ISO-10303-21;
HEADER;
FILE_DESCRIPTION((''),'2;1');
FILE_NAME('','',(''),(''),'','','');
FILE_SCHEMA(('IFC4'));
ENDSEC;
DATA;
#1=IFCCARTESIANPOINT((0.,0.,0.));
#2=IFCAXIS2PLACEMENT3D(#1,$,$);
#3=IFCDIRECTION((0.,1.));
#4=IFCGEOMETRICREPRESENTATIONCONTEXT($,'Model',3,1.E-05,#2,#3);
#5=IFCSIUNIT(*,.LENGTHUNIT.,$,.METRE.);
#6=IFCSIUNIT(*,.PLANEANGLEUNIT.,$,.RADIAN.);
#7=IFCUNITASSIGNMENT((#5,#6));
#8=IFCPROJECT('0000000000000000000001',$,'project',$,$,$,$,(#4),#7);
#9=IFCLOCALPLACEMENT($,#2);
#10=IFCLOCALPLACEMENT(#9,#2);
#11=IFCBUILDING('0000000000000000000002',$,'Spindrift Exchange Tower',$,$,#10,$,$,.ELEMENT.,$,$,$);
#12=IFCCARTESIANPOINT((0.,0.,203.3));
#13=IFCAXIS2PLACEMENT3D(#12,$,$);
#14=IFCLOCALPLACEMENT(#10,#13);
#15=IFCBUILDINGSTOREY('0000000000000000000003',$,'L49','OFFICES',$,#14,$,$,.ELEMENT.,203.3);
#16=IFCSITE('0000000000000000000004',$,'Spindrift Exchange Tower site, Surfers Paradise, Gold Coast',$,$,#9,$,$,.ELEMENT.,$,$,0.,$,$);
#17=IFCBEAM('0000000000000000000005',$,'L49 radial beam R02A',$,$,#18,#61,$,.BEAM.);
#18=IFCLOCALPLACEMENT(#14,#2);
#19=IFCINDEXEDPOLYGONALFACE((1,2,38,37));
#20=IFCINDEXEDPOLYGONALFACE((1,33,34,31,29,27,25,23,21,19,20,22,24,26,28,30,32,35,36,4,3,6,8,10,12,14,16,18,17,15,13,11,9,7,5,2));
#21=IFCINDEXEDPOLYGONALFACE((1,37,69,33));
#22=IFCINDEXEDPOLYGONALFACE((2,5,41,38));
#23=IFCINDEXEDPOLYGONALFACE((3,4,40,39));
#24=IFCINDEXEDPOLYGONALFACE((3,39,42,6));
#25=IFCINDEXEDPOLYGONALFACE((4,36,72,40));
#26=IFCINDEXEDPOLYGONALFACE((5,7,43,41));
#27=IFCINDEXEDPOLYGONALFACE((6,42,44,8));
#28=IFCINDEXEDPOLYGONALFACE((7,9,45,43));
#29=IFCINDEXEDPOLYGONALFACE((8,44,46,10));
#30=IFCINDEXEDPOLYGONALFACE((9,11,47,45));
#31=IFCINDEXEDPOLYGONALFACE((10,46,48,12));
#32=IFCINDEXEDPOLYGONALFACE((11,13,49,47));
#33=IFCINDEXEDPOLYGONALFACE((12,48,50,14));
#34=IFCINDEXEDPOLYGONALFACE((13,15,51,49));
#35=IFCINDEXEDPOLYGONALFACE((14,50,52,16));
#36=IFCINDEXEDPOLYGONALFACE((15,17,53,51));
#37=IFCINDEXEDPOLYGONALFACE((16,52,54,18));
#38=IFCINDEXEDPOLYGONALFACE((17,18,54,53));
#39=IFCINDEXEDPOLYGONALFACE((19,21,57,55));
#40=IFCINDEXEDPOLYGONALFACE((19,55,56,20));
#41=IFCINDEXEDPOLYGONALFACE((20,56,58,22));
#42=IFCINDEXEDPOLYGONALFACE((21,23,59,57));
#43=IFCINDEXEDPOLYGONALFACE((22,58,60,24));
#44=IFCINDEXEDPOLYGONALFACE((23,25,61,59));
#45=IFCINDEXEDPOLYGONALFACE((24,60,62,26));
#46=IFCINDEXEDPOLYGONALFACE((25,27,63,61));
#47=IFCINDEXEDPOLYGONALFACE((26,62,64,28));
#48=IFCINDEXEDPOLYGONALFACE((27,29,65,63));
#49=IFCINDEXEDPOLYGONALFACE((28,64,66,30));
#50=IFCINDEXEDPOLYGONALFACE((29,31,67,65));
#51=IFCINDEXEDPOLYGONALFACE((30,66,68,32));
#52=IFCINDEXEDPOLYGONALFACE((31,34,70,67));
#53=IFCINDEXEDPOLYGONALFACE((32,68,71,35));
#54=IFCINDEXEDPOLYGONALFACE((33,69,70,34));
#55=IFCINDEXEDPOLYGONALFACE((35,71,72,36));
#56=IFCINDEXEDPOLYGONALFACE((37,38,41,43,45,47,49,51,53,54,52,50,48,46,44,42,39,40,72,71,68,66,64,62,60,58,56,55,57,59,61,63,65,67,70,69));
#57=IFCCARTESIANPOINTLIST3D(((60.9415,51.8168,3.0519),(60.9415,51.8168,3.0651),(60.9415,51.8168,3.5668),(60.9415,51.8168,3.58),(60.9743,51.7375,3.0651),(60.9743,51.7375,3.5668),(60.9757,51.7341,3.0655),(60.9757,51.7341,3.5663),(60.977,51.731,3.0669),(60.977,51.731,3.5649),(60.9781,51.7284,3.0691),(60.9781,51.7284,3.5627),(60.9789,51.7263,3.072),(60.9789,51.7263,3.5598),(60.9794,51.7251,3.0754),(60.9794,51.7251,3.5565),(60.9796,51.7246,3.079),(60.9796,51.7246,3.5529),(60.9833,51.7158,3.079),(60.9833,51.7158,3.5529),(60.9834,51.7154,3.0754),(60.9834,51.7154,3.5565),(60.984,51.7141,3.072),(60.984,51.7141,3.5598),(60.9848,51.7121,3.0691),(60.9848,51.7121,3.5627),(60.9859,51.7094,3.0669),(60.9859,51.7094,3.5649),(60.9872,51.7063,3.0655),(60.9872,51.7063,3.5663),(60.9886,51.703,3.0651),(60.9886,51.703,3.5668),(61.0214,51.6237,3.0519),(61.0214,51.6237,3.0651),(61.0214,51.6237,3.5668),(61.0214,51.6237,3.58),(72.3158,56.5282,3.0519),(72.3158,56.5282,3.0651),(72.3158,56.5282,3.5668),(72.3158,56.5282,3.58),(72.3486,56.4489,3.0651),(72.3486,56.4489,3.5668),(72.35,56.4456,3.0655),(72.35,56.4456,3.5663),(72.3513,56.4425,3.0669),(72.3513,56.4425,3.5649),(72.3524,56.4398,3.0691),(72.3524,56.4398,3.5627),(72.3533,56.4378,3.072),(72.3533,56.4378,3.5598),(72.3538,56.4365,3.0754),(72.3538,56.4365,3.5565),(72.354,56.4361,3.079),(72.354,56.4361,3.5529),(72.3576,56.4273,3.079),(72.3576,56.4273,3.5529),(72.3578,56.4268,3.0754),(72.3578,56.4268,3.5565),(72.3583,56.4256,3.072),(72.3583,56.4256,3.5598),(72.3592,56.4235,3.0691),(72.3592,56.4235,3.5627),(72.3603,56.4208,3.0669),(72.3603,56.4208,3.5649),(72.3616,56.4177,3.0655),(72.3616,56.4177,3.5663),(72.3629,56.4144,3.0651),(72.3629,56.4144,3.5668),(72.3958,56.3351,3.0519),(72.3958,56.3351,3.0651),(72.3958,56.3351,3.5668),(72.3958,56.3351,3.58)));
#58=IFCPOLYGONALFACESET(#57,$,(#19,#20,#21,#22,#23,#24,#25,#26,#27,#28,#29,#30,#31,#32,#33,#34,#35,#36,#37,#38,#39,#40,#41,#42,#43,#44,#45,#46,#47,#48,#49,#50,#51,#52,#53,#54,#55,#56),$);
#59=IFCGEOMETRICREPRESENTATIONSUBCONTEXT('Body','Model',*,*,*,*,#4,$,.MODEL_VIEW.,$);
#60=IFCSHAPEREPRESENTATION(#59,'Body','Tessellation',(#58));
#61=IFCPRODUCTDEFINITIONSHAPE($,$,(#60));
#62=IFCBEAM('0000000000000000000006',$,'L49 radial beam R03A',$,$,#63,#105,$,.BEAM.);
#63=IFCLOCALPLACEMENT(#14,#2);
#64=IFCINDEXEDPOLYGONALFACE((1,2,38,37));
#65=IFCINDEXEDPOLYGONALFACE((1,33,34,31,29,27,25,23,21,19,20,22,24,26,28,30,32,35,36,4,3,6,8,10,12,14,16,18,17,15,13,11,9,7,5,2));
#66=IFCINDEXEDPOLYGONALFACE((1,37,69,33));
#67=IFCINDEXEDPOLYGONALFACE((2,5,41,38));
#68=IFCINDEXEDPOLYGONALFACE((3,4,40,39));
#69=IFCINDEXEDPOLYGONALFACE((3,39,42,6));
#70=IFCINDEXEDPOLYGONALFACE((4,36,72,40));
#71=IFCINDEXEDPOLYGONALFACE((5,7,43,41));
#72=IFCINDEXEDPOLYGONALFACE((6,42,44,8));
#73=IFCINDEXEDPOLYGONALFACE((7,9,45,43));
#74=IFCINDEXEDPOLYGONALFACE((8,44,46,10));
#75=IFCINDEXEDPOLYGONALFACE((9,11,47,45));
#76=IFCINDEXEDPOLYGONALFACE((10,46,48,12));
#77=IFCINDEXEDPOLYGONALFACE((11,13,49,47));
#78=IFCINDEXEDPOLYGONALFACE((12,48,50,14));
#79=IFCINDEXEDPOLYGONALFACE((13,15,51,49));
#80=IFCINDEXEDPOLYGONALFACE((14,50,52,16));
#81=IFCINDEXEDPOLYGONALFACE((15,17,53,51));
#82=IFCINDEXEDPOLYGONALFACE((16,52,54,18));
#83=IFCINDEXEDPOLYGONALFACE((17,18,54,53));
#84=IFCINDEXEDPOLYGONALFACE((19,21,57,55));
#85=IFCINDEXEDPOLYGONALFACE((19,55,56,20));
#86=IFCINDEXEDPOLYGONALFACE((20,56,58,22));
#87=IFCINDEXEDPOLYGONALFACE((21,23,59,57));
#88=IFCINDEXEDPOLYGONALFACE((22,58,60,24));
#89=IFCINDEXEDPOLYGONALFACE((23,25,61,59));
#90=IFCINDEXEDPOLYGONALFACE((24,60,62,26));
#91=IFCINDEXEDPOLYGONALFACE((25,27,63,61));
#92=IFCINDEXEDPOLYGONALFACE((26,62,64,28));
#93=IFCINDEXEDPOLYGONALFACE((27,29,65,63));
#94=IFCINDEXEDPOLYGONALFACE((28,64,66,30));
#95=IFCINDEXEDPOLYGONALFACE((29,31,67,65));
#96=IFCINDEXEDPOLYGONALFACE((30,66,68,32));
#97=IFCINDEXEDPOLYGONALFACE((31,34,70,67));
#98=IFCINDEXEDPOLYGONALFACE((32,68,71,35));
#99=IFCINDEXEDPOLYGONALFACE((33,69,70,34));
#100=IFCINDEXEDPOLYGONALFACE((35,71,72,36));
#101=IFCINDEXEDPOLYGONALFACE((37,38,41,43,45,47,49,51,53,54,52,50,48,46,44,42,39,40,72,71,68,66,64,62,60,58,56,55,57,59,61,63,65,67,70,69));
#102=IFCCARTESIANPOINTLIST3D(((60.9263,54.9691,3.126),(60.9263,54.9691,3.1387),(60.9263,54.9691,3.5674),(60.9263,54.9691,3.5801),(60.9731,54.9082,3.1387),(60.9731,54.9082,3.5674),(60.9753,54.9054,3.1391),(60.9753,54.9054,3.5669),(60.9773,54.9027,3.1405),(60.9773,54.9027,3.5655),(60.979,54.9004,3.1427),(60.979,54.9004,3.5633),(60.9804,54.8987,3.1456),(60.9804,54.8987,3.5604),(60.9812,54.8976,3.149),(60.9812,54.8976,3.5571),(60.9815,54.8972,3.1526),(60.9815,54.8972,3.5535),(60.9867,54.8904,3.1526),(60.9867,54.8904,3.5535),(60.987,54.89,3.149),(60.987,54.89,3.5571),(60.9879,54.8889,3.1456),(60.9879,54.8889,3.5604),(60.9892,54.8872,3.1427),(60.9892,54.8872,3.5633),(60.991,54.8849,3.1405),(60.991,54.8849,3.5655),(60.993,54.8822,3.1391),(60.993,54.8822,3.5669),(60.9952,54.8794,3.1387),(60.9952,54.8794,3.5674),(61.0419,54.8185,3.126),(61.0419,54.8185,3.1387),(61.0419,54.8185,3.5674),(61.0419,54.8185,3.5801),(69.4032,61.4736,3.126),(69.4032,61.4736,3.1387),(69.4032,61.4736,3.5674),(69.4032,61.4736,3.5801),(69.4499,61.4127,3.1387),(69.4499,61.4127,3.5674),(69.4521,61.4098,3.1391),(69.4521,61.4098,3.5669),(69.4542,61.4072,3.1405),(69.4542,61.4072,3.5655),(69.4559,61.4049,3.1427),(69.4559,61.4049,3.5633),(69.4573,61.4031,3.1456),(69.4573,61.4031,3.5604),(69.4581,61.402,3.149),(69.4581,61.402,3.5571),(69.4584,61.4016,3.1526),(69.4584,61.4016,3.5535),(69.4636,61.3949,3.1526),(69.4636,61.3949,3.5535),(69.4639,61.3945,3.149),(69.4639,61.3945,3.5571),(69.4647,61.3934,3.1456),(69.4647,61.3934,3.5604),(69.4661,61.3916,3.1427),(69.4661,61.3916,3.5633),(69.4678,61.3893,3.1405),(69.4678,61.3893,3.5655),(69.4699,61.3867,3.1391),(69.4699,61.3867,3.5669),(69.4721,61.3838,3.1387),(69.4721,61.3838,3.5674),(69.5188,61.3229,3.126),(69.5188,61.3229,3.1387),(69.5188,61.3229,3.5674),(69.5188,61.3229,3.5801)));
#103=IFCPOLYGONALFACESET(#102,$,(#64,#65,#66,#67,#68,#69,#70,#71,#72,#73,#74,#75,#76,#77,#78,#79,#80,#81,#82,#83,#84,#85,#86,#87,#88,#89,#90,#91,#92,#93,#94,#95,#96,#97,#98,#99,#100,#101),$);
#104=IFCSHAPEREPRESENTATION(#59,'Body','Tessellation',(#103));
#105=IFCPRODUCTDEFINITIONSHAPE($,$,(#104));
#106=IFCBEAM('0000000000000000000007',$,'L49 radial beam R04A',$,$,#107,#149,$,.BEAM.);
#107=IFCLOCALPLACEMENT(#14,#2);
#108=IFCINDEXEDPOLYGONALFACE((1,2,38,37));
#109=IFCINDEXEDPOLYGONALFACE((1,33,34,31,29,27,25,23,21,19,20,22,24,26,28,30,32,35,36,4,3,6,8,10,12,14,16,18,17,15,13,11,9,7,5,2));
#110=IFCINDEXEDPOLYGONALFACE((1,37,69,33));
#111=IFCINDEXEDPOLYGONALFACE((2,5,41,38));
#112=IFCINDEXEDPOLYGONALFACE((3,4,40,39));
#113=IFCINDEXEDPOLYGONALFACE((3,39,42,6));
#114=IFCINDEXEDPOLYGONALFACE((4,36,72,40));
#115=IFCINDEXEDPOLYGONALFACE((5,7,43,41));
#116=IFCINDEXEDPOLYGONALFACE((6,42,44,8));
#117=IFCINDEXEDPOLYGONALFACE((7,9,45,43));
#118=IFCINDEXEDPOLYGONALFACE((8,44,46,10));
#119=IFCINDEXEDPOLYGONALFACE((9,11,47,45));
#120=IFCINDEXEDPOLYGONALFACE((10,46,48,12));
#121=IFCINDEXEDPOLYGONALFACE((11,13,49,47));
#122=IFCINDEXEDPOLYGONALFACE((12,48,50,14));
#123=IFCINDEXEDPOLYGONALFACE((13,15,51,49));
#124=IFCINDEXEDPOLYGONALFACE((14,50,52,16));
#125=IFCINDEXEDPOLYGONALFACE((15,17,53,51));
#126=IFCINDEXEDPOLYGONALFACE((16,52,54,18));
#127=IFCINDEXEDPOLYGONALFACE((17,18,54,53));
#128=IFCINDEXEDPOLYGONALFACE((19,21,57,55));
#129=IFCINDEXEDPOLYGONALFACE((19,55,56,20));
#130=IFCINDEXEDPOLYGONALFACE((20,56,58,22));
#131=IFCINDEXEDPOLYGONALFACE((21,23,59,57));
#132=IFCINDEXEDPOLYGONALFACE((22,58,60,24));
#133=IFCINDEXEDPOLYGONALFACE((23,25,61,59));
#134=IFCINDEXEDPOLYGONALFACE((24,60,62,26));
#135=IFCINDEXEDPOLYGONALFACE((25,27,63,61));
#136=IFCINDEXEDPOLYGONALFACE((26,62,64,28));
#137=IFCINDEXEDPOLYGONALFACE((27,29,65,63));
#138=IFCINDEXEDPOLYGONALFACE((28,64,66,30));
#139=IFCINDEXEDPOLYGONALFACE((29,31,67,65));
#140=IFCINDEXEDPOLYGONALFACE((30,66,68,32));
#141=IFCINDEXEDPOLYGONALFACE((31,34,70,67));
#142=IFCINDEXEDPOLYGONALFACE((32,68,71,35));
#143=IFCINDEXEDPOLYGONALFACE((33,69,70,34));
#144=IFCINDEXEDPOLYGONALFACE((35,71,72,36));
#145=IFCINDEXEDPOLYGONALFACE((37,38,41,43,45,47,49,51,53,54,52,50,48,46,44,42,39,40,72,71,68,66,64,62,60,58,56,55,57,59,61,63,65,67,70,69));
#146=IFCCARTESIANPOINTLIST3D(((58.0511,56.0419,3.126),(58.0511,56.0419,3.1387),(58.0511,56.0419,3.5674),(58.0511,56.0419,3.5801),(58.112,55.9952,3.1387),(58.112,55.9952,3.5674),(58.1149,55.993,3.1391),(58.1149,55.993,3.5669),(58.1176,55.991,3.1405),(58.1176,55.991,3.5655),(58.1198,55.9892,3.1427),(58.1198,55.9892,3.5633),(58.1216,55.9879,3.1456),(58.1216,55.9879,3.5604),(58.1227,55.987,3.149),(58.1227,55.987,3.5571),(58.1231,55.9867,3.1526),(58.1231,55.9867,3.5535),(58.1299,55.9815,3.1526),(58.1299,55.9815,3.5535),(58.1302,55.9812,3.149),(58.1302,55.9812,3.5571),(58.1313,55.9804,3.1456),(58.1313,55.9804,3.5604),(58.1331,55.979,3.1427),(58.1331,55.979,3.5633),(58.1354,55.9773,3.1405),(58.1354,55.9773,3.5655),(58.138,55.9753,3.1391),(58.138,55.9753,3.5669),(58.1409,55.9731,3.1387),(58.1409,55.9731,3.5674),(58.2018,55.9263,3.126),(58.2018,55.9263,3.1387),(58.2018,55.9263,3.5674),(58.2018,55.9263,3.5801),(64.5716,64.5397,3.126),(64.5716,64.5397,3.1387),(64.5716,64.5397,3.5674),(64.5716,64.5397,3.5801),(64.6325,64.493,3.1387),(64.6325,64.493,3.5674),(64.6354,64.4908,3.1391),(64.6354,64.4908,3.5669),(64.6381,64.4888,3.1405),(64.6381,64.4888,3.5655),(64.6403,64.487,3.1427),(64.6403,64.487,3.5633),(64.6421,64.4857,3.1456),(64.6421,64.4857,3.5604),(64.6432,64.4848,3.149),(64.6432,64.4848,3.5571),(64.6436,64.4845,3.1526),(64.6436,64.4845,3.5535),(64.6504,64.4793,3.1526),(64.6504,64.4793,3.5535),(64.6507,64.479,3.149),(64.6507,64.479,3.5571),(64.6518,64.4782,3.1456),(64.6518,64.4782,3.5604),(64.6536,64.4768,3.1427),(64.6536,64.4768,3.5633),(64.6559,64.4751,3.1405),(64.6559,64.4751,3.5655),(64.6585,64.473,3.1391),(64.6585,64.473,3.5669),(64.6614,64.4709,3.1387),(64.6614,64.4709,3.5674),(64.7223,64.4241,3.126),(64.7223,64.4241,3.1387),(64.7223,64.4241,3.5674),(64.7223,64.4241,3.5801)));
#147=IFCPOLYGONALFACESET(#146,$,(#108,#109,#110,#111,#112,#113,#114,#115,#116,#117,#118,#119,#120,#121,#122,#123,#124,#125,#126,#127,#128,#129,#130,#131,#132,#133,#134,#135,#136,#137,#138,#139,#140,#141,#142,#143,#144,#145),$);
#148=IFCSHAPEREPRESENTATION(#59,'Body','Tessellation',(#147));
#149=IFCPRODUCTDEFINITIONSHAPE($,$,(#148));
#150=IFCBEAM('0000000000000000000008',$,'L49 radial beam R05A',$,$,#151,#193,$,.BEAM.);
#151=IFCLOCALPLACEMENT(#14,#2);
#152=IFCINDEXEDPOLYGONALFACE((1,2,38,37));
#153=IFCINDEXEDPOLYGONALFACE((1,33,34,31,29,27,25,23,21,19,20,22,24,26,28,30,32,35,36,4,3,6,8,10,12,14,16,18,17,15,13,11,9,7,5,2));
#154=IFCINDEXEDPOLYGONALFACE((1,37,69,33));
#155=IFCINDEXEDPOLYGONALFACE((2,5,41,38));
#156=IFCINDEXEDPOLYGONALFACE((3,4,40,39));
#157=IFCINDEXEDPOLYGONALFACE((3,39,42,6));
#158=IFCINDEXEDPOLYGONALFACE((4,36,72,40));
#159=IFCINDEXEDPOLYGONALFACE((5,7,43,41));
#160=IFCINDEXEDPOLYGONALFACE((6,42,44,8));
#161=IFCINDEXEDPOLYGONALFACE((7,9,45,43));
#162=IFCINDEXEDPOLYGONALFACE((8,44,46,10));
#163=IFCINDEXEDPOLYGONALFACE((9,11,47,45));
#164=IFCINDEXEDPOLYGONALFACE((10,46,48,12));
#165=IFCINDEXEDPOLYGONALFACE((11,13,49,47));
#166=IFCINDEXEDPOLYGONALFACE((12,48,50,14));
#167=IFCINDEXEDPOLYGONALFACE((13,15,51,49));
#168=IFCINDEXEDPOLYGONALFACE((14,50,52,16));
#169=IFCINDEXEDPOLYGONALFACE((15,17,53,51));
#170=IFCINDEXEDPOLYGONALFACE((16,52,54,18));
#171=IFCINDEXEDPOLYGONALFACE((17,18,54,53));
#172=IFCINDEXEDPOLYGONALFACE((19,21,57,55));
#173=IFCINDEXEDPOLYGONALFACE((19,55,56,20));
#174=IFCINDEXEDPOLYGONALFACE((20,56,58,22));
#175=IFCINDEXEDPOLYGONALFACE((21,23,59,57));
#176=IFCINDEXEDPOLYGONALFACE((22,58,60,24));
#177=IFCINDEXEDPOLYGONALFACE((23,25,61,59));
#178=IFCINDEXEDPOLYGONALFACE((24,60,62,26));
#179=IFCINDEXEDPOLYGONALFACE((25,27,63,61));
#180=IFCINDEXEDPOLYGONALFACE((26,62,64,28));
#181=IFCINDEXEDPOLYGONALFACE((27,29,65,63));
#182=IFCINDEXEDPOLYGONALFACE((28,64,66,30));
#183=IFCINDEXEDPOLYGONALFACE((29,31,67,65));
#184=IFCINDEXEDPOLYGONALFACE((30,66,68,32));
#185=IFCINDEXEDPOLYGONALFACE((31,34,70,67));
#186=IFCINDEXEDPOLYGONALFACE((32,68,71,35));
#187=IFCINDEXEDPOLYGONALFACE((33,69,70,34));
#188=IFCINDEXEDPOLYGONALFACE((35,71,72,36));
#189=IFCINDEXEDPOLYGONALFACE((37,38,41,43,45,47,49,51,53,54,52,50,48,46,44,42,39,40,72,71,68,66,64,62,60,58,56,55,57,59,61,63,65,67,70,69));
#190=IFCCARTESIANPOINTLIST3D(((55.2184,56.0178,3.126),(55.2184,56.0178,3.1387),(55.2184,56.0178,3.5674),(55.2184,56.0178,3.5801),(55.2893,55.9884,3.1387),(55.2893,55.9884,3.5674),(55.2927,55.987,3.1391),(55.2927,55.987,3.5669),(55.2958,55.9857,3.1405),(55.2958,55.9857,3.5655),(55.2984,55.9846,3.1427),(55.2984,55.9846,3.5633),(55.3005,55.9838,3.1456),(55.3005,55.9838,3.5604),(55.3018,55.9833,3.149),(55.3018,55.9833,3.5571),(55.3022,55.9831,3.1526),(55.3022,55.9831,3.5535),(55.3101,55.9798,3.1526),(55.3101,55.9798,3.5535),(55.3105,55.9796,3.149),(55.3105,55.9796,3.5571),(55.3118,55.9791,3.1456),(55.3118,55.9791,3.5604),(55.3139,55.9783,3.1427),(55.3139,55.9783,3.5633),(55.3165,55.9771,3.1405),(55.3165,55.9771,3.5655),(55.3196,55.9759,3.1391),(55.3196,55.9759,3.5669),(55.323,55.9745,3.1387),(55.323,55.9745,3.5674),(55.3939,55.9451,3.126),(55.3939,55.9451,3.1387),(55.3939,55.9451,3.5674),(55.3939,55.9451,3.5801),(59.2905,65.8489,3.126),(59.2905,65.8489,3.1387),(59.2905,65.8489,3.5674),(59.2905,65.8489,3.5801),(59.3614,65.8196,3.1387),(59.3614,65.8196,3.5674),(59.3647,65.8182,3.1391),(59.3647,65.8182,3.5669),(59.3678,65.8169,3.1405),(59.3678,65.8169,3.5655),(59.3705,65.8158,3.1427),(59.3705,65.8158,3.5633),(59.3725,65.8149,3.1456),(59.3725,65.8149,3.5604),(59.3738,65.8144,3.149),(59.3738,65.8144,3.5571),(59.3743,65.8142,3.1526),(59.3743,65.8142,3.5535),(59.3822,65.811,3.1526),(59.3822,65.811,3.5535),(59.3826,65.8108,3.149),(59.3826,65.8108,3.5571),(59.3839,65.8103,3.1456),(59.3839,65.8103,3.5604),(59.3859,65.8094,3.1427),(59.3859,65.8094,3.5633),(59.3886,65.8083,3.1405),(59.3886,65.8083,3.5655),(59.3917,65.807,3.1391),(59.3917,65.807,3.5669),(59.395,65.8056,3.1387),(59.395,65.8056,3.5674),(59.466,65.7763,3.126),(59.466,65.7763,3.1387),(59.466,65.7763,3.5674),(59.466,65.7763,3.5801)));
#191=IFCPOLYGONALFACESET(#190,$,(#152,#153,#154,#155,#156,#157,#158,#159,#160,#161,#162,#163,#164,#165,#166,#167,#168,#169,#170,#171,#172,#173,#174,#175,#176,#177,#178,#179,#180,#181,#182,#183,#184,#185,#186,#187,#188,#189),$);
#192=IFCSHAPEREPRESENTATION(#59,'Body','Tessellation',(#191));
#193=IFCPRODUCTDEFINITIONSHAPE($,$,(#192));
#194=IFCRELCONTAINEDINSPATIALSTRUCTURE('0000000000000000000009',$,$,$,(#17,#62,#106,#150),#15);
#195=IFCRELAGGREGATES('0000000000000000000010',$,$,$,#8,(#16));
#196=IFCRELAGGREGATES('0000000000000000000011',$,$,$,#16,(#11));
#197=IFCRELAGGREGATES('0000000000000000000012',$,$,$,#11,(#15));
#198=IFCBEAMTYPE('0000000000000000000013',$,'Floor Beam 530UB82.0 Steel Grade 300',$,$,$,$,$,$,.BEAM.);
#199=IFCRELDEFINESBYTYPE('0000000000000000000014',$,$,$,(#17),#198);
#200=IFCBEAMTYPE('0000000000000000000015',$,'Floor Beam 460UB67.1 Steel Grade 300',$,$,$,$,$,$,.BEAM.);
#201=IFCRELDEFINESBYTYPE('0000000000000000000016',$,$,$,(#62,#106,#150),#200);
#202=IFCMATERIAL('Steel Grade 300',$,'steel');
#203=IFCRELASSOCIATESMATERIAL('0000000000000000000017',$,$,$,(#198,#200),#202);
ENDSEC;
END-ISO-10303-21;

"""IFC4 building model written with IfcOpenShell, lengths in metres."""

from ifc_helpers import new_model, si_unit, direction, frame, origin, origin_2d, place, context, subcontext, project, spatial, i_section, extrude, source, transform, mapped, material, material_profile, profile_set, type_object, element, save


model = new_model("IFC4")

# Units and contexts
model_context = context("Model", 3, precision=1e-05, world=origin(), true_north=direction((0.0, 1.0)))
body_context = subcontext(model_context, "Body", "Model", "MODEL_VIEW")
ifc_project = project(units=[si_unit("LENGTHUNIT", "METRE"), si_unit("PLANEANGLEUNIT", "RADIAN")], contexts=[model_context])

# Site, building, storey
site_placement = place(None, origin())
site = spatial("IfcSite", under=ifc_project, at=site_placement, Name="Spindrift Exchange Tower site, Surfers Paradise, Gold Coast", CompositionType="ELEMENT", RefElevation=0.0)
building_placement = place(site_placement, origin())
building = spatial("IfcBuilding", under=site, at=building_placement, Name="Spindrift Exchange Tower", CompositionType="ELEMENT")
storey_placement = place(building_placement, frame((0.0, 0.0, 203.3)))
storey = spatial("IfcBuildingStorey", under=building, at=storey_placement, Name="L49", Description="OFFICES", CompositionType="ELEMENT", Elevation=203.3)

# Beams
ifc_material_1 = material(Name="Steel Grade 300", Category="steel")
ifc_material_profile_1 = material_profile(ifc_material_1, i_section(OverallWidth=0.209, OverallDepth=0.5281, WebThickness=0.0095, FlangeThickness=0.0132, FilletRadius=0.0139, at=origin_2d()), Name="530UB82.0")
ifc_profile_set_1 = profile_set([ifc_material_profile_1], Name="Steel Grade 300")
beam_type_1 = type_object("IfcBeamType", Name="Floor Beam 530UB82.0 Steel Grade 300", PredefinedType="BEAM", material=ifc_profile_set_1)
shared_shape_1 = source(origin(), body_context, "Body", "SweptSolid", [
    extrude(i_section(OverallWidth=0.209, OverallDepth=0.5281, WebThickness=0.0095, FlangeThickness=0.0132, FilletRadius=0.0139, at=origin_2d()), origin(), (0.0, 0.0, 1.0), 12.3115),
])
beam_1_placement = place(storey_placement, frame((60.9814, 51.7202, 3.3159), z_axis=(0.923878, 0.382687, 0.0), x_axis=(-0.382687, 0.923878, 0.0)))
element("IfcBeam", 1, at=beam_1_placement, inside=storey, type_object=beam_type_1, Name="L49 radial beam R02A", PredefinedType="BEAM", context=body_context, shape_type="MappedRepresentation", body=[
    mapped(shared_shape_1, transform((0.0, 0.0, 0.0), scale=1.0)),
])
ifc_material_profile_2 = material_profile(ifc_material_1, i_section(OverallWidth=0.1899, OverallDepth=0.4541, WebThickness=0.0085, FlangeThickness=0.0127, FilletRadius=0.0139, at=origin_2d()), Name="460UB67.1")
ifc_profile_set_2 = profile_set([ifc_material_profile_2], Name="Steel Grade 300")
beam_type_2 = type_object("IfcBeamType", Name="Floor Beam 460UB67.1 Steel Grade 300", PredefinedType="BEAM", material=ifc_profile_set_2)
shared_shape_2 = source(origin(), body_context, "Body", "SweptSolid", [
    extrude(i_section(OverallWidth=0.1899, OverallDepth=0.4541, WebThickness=0.0085, FlangeThickness=0.0127, FilletRadius=0.0139, at=origin_2d()), origin(), (0.0, 0.0, 1.0), 10.6848),
])
beam_2_placement = place(storey_placement, frame((60.9841, 54.8938, 3.353), z_axis=(0.793357, 0.608756, 0.0), x_axis=(-0.608756, 0.793357, 0.0)))
element("IfcBeam", 2, at=beam_2_placement, inside=storey, type_object=beam_type_2, Name="L49 radial beam R03A", PredefinedType="BEAM", context=body_context, shape_type="MappedRepresentation", body=[
    mapped(shared_shape_2, transform((0.0, 0.0, 0.0), scale=1.0)),
])
shared_shape_3 = source(origin(), body_context, "Body", "SweptSolid", [
    extrude(i_section(OverallWidth=0.1899, OverallDepth=0.4541, WebThickness=0.0085, FlangeThickness=0.0127, FilletRadius=0.0139, at=origin_2d()), origin(), (0.0, 0.0, 1.0), 10.7112),
])
beam_3_placement = place(storey_placement, frame((58.1265, 55.9841, 3.353), z_axis=(0.608756, 0.793357, 0.0), x_axis=(-0.793357, 0.608756, 0.0)))
element("IfcBeam", 3, at=beam_3_placement, inside=storey, type_object=beam_type_2, Name="L49 radial beam R04A", PredefinedType="BEAM", context=body_context, shape_type="MappedRepresentation", body=[
    mapped(shared_shape_3, transform((0.0, 0.0, 0.0), scale=1.0)),
])
shared_shape_4 = source(origin(), body_context, "Body", "SweptSolid", [
    extrude(i_section(OverallWidth=0.1899, OverallDepth=0.4541, WebThickness=0.0085, FlangeThickness=0.0127, FilletRadius=0.0139, at=origin_2d()), origin(), (0.0, 0.0, 1.0), 10.6411),
])
beam_4_placement = place(storey_placement, frame((55.3062, 55.9814, 3.353), z_axis=(0.382673, 0.923884, 0.0), x_axis=(-0.923884, 0.382673, 0.0)))
element("IfcBeam", 4, at=beam_4_placement, inside=storey, type_object=beam_type_2, Name="L49 radial beam R05A", PredefinedType="BEAM", context=body_context, shape_type="MappedRepresentation", body=[
    mapped(shared_shape_4, transform((0.0, 0.0, 0.0), scale=1.0)),
])

save(model, "model.ifc")
